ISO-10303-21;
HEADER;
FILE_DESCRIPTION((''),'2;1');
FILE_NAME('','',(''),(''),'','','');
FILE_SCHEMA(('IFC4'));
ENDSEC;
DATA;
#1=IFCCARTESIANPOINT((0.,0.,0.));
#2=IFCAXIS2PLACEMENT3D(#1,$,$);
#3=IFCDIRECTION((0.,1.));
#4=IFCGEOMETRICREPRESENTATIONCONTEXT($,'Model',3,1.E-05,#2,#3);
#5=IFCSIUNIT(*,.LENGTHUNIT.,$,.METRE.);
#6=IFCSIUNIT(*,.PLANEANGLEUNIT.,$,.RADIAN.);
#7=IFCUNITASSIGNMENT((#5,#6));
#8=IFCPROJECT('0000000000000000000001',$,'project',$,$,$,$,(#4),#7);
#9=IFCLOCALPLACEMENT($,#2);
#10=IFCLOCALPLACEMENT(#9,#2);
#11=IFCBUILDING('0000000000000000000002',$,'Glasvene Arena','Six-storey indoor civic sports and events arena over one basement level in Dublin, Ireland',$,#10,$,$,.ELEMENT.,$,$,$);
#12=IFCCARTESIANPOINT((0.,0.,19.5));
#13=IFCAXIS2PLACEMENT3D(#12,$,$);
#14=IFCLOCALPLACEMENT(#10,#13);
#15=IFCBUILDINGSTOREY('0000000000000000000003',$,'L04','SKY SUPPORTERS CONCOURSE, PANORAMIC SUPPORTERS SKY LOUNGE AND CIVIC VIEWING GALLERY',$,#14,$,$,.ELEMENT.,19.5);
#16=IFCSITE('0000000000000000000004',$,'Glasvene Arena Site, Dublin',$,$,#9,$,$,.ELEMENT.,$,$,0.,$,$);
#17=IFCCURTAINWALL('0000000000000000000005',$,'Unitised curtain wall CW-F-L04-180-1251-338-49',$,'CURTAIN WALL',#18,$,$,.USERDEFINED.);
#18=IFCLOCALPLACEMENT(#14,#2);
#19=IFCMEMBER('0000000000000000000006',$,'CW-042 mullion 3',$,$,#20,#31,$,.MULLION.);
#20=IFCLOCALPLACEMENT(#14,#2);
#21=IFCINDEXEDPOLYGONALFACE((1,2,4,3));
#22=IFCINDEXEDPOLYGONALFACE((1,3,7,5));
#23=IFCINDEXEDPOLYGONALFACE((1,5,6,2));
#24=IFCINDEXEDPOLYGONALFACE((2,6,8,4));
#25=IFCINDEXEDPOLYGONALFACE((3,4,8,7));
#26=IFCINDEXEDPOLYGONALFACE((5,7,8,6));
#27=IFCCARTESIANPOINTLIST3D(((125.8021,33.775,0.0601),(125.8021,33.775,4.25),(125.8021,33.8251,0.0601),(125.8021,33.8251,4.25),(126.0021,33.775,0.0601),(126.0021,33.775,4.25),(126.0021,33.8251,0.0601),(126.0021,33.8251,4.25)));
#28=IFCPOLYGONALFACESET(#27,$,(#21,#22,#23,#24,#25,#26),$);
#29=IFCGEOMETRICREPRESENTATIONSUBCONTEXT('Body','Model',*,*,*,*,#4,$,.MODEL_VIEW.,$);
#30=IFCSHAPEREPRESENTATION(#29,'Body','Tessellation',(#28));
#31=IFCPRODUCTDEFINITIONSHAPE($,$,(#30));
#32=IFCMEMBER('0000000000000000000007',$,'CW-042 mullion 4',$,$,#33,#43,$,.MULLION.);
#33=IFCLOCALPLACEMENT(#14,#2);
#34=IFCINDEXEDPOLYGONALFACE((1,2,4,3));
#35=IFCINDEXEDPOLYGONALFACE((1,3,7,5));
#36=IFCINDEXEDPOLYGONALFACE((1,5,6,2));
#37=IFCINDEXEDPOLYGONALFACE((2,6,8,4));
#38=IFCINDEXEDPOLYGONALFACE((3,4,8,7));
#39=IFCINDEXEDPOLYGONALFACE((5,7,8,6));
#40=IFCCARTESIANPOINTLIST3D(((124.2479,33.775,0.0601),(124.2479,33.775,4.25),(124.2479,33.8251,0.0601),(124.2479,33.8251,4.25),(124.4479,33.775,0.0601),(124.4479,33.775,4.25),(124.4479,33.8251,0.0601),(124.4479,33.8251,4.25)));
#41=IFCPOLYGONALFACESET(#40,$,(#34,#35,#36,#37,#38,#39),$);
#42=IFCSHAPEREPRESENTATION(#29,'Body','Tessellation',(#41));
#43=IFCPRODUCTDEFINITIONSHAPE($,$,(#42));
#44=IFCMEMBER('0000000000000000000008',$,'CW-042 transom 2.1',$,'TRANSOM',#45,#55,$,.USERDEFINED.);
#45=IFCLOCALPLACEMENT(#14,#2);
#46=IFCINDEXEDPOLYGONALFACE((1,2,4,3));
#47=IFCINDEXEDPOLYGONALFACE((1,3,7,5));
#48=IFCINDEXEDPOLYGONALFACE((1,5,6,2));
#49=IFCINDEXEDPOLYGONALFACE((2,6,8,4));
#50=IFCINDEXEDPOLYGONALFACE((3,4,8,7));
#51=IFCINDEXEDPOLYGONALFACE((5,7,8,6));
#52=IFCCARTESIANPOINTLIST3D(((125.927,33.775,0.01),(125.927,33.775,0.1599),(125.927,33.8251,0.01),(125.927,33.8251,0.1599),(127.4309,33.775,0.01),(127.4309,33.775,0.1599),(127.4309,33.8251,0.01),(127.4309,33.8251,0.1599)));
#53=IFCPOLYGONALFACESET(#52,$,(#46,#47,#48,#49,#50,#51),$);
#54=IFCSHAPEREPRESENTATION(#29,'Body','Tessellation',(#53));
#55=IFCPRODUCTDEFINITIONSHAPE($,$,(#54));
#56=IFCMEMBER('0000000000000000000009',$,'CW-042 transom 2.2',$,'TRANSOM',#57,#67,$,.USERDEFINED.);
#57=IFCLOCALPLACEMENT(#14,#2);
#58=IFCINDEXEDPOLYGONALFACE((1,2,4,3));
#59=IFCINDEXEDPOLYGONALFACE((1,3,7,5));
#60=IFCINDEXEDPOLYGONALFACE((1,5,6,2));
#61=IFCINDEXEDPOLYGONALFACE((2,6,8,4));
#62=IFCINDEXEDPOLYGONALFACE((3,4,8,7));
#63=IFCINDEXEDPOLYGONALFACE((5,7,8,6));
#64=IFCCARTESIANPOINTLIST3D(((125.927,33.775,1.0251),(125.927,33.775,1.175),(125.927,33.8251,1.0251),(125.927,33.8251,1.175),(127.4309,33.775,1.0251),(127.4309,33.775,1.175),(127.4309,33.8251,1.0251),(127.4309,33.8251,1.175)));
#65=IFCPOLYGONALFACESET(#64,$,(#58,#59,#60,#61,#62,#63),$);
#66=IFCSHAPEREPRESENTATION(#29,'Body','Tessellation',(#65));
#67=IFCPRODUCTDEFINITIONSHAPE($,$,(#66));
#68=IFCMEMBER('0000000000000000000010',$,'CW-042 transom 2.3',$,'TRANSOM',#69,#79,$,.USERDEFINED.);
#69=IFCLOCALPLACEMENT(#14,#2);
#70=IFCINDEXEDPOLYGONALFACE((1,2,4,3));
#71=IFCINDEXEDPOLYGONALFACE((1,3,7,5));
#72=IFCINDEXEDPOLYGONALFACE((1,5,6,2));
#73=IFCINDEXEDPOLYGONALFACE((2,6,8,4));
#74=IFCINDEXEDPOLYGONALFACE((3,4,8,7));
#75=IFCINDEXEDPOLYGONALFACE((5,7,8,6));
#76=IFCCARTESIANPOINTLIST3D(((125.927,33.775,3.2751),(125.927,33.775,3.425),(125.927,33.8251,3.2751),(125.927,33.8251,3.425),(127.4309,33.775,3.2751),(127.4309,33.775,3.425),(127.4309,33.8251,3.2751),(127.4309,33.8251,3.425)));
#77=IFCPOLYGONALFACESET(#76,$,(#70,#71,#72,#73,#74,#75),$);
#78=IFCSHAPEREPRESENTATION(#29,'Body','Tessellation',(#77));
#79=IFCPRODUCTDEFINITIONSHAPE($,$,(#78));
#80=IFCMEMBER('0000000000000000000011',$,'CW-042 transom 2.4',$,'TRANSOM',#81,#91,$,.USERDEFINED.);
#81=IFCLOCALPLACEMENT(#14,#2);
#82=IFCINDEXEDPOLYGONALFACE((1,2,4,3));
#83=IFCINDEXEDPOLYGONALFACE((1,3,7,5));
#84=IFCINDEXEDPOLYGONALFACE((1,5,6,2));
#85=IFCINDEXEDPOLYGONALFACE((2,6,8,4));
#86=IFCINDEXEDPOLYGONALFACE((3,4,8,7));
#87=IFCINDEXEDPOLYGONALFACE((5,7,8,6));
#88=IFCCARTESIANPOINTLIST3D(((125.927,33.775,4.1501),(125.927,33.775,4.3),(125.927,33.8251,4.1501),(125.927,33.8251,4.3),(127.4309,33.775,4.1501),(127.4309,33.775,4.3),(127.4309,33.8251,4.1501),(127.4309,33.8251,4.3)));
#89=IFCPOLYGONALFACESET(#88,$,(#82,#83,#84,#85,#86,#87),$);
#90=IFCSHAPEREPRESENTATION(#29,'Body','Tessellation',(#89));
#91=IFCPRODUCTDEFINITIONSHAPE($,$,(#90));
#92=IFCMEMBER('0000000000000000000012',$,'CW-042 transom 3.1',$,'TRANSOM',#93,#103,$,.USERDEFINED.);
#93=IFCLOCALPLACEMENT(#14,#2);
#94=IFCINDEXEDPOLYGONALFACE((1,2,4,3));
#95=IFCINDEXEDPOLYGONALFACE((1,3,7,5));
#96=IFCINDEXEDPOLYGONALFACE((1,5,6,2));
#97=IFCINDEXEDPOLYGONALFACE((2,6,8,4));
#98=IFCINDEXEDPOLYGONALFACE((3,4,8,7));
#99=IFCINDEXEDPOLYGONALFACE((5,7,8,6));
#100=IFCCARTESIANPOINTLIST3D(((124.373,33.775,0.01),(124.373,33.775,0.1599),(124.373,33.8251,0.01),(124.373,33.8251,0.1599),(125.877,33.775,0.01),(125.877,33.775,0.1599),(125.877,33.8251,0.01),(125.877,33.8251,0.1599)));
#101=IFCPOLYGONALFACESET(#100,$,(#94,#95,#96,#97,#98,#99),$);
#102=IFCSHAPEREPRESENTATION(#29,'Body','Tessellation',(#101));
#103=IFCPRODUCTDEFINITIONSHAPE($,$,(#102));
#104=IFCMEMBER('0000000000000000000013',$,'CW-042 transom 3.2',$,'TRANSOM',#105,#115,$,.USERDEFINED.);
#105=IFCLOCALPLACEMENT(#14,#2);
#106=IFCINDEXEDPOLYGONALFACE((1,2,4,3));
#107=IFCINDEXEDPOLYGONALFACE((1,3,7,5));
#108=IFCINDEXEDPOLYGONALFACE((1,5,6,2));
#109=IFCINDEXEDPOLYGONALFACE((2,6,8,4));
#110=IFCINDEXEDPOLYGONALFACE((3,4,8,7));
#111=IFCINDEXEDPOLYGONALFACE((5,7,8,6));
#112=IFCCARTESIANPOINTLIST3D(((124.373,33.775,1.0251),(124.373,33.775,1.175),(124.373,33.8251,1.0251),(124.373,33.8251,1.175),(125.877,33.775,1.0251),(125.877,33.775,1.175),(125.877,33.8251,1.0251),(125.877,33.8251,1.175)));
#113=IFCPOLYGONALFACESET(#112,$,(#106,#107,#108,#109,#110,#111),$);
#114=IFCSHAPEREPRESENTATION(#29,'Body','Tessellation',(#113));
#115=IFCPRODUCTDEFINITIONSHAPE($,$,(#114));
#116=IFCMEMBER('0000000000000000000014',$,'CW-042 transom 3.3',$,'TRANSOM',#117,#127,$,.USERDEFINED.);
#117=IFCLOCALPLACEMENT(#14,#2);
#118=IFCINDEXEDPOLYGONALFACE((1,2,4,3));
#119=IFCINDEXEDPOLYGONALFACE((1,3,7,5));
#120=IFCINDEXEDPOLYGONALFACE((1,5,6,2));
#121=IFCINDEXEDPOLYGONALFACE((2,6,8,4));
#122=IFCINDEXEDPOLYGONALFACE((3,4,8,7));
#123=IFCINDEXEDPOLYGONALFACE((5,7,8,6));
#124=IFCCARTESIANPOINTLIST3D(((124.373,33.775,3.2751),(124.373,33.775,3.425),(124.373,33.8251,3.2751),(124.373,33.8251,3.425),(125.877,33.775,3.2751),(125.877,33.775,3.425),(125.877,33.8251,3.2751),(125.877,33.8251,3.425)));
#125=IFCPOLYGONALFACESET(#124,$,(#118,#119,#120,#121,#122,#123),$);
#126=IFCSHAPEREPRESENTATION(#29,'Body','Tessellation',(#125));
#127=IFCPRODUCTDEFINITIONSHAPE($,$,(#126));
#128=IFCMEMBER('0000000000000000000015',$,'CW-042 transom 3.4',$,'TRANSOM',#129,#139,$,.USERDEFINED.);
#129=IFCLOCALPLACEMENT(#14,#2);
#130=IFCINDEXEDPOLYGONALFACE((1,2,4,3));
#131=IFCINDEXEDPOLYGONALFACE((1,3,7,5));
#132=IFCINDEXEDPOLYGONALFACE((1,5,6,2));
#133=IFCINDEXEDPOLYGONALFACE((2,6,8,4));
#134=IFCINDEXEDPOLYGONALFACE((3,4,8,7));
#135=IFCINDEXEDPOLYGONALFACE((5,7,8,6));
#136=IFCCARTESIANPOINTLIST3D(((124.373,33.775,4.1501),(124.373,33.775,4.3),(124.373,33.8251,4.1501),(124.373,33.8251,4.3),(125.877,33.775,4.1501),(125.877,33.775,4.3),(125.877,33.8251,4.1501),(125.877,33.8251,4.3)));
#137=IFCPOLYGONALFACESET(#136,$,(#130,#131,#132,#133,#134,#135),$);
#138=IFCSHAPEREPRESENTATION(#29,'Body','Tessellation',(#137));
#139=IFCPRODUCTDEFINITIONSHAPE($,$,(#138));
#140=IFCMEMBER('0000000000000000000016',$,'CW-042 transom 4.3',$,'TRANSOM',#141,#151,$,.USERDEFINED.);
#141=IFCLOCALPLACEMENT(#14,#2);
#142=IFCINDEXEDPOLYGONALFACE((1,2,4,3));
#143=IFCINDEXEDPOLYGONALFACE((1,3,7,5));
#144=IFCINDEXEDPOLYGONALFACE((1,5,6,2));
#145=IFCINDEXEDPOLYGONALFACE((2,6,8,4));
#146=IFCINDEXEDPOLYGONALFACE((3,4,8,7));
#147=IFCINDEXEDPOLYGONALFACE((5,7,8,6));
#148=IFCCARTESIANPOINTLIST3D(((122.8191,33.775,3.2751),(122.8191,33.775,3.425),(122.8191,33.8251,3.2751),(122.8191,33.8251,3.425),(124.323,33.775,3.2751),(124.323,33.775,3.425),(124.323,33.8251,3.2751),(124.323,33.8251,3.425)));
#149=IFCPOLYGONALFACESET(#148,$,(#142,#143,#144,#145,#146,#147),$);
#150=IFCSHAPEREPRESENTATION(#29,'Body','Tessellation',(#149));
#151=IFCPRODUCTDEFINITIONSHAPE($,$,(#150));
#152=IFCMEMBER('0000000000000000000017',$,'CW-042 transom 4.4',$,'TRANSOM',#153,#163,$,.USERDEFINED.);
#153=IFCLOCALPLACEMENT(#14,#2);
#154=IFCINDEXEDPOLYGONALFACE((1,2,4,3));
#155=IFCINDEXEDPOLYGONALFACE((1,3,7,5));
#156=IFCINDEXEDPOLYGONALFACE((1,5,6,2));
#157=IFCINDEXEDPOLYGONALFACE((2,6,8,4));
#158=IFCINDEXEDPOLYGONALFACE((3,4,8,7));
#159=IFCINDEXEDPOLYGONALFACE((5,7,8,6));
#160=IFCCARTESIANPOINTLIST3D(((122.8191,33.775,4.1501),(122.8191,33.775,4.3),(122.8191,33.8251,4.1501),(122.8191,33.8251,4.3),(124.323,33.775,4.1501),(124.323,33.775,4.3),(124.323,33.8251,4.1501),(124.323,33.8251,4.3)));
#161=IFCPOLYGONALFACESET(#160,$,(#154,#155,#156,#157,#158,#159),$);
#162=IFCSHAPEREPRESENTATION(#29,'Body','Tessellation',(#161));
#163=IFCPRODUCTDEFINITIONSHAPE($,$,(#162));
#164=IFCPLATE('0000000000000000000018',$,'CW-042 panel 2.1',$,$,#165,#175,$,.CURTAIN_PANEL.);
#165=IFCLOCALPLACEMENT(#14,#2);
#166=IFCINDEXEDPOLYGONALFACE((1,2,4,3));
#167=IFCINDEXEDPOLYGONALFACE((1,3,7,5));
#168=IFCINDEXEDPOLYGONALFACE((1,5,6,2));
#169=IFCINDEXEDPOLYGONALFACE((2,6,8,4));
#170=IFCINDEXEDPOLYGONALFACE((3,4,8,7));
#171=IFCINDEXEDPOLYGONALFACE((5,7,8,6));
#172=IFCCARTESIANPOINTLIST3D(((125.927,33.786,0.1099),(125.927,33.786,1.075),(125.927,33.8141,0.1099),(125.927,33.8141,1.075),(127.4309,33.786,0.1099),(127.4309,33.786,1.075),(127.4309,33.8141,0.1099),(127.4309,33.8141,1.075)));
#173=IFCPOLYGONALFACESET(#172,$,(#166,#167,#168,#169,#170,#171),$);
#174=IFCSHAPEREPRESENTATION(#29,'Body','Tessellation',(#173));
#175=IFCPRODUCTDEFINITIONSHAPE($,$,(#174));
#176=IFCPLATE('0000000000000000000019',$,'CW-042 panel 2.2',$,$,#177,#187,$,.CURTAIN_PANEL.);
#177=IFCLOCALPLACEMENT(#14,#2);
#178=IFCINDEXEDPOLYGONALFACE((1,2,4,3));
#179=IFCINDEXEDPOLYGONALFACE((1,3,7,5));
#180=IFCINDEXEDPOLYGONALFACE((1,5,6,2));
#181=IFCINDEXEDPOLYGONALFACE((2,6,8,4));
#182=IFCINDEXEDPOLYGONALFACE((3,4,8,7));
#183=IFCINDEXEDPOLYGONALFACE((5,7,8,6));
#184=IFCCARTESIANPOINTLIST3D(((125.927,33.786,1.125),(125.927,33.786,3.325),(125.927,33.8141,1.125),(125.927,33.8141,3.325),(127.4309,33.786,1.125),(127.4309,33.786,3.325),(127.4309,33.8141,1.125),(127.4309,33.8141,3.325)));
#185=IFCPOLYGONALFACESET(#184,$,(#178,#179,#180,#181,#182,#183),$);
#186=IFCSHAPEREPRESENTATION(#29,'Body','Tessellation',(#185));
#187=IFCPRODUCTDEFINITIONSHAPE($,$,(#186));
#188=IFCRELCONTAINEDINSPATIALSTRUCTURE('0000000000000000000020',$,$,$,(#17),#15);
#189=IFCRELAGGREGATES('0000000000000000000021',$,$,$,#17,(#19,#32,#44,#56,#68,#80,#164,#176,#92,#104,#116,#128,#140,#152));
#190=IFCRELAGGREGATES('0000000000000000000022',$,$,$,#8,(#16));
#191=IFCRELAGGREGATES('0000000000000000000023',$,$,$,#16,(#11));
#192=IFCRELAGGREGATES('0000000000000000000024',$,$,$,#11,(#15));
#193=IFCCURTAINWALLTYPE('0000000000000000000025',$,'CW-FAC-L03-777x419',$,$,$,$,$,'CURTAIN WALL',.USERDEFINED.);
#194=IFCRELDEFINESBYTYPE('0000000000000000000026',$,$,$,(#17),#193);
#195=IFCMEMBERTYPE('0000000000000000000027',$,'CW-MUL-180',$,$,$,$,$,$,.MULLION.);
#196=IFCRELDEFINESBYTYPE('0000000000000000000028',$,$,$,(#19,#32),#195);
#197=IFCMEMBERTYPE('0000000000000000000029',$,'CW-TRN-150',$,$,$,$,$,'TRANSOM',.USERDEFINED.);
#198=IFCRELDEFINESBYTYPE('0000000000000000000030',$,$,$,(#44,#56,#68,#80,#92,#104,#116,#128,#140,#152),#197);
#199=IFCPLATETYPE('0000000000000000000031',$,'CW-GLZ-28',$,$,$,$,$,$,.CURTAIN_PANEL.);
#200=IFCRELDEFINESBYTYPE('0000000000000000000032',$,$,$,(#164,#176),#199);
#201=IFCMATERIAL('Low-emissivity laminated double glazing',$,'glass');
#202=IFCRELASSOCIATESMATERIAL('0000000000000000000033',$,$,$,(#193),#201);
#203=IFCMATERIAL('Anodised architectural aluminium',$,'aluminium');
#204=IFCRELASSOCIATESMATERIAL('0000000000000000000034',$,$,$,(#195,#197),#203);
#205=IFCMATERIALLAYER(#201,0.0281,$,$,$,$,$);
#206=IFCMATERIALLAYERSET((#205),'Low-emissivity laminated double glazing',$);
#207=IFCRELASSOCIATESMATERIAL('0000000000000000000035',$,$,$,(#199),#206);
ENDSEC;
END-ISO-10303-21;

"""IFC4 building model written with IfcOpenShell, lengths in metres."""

from ifc_helpers import new_model, si_unit, direction, frame, origin, origin_2d, place, context, subcontext, project, spatial, rectangle, extrude, material, layer, layer_set, material_profile, profile_set, type_object, element, aggregate, save


model = new_model("IFC4")

# Units and contexts
model_context = context("Model", 3, precision=1e-05, world=origin(), true_north=direction((0.0, 1.0)))
body_context = subcontext(model_context, "Body", "Model", "MODEL_VIEW")
ifc_project = project(units=[si_unit("LENGTHUNIT", "METRE"), si_unit("PLANEANGLEUNIT", "RADIAN")], contexts=[model_context])

# Site, building, storey
site_placement = place(None, origin())
site = spatial("IfcSite", under=ifc_project, at=site_placement, Name="Glasvene Arena Site, Dublin", CompositionType="ELEMENT", RefElevation=0.0)
building_placement = place(site_placement, origin())
building = spatial("IfcBuilding", under=site, at=building_placement, Name="Glasvene Arena", Description="Six-storey indoor civic sports and events arena over one basement level in Dublin, Ireland", CompositionType="ELEMENT")
storey_placement = place(building_placement, frame((0.0, 0.0, 19.5)))
storey = spatial("IfcBuildingStorey", under=building, at=storey_placement, Name="L04", Description="SKY SUPPORTERS CONCOURSE, PANORAMIC SUPPORTERS SKY LOUNGE AND CIVIC VIEWING GALLERY", CompositionType="ELEMENT", Elevation=19.5)

# Curtain wall, members, plates
ifc_material_1 = material(Name="Low-emissivity laminated double glazing", Category="glass")
curtain_wall_type = type_object("IfcCurtainWallType", Name="CW-FAC-L03-777x419", ElementType="CURTAIN WALL", PredefinedType="USERDEFINED", material=ifc_material_1)
curtain_wall_placement = place(storey_placement, frame((129.01, 33.8, 0.0)))
curtain_wall = element("IfcCurtainWall", 1, at=curtain_wall_placement, inside=storey, type_object=curtain_wall_type, Name="Unitised curtain wall CW-F-L04-180-1251-338-49", ObjectType="CURTAIN WALL", PredefinedType="USERDEFINED")
ifc_material_2 = material(Name="Anodised architectural aluminium", Category="aluminium")
ifc_material_profile_1 = material_profile(ifc_material_2, rectangle(XDim=0.05, YDim=0.2, at=origin_2d()), Name="ALU MULLION 50x200")
ifc_profile_set_1 = profile_set([ifc_material_profile_1], Name="Anodised architectural aluminium")
member_type_1 = type_object("IfcMemberType", Name="CW-MUL-180", PredefinedType="MULLION", material=ifc_profile_set_1)
member_1_placement = place(storey_placement, frame((125.9021, 33.8, 0.0601), z_axis=(0.0, 0.0, 1.0), x_axis=(0.0, -1.0, 0.0)))
member_1 = element("IfcMember", 2, at=member_1_placement, type_object=member_type_1, Name="CW-042 mullion 3", PredefinedType="MULLION", context=body_context, shape_type="SweptSolid", body=[
    extrude(rectangle(XDim=0.05, YDim=0.2, at=origin_2d()), origin(), (0.0, 0.0, 1.0), 4.1899),
])
member_2_placement = place(storey_placement, frame((124.3479, 33.8, 0.0601), z_axis=(0.0, 0.0, 1.0), x_axis=(0.0, -1.0, 0.0)))
member_2 = element("IfcMember", 3, at=member_2_placement, type_object=member_type_1, Name="CW-042 mullion 4", PredefinedType="MULLION", context=body_context, shape_type="SweptSolid", body=[
    extrude(rectangle(XDim=0.05, YDim=0.2, at=origin_2d()), origin(), (0.0, 0.0, 1.0), 4.1899),
])
ifc_material_profile_2 = material_profile(ifc_material_2, rectangle(XDim=0.05, YDim=0.1499, at=origin_2d()), Name="ALU TRANSOM 50x150")
ifc_profile_set_2 = profile_set([ifc_material_profile_2], Name="Anodised architectural aluminium")
member_type_2 = type_object("IfcMemberType", Name="CW-TRN-150", ElementType="TRANSOM", PredefinedType="USERDEFINED", material=ifc_profile_set_2)
member_3_placement = place(storey_placement, frame((127.4309, 33.8, 0.085), z_axis=(-1.0, 0.0, 0.0), x_axis=(0.0, -1.0, 0.0)))
member_3 = element("IfcMember", 4, at=member_3_placement, type_object=member_type_2, Name="CW-042 transom 2.1", ObjectType="TRANSOM", PredefinedType="USERDEFINED", context=body_context, shape_type="SweptSolid", body=[
    extrude(rectangle(XDim=0.05, YDim=0.1499, at=origin_2d()), origin(), (0.0, 0.0, 1.0), 1.5039),
])
member_4_placement = place(storey_placement, frame((127.4309, 33.8, 1.1001), z_axis=(-1.0, 0.0, 0.0), x_axis=(0.0, -1.0, 0.0)))
member_4 = element("IfcMember", 5, at=member_4_placement, type_object=member_type_2, Name="CW-042 transom 2.2", ObjectType="TRANSOM", PredefinedType="USERDEFINED", context=body_context, shape_type="SweptSolid", body=[
    extrude(rectangle(XDim=0.05, YDim=0.1499, at=origin_2d()), origin(), (0.0, 0.0, 1.0), 1.5039),
])
member_5_placement = place(storey_placement, frame((127.4309, 33.8, 3.3501), z_axis=(-1.0, 0.0, 0.0), x_axis=(0.0, -1.0, 0.0)))
member_5 = element("IfcMember", 6, at=member_5_placement, type_object=member_type_2, Name="CW-042 transom 2.3", ObjectType="TRANSOM", PredefinedType="USERDEFINED", context=body_context, shape_type="SweptSolid", body=[
    extrude(rectangle(XDim=0.05, YDim=0.1499, at=origin_2d()), origin(), (0.0, 0.0, 1.0), 1.5039),
])
member_6_placement = place(storey_placement, frame((127.4309, 33.8, 4.2251), z_axis=(-1.0, 0.0, 0.0), x_axis=(0.0, -1.0, 0.0)))
member_6 = element("IfcMember", 7, at=member_6_placement, type_object=member_type_2, Name="CW-042 transom 2.4", ObjectType="TRANSOM", PredefinedType="USERDEFINED", context=body_context, shape_type="SweptSolid", body=[
    extrude(rectangle(XDim=0.05, YDim=0.1499, at=origin_2d()), origin(), (0.0, 0.0, 1.0), 1.5039),
])
member_7_placement = place(storey_placement, frame((125.877, 33.8, 0.085), z_axis=(-1.0, 0.0, 0.0), x_axis=(0.0, -1.0, 0.0)))
member_7 = element("IfcMember", 8, at=member_7_placement, type_object=member_type_2, Name="CW-042 transom 3.1", ObjectType="TRANSOM", PredefinedType="USERDEFINED", context=body_context, shape_type="SweptSolid", body=[
    extrude(rectangle(XDim=0.05, YDim=0.1499, at=origin_2d()), origin(), (0.0, 0.0, 1.0), 1.5039),
])
member_8_placement = place(storey_placement, frame((125.877, 33.8, 1.1001), z_axis=(-1.0, 0.0, 0.0), x_axis=(0.0, -1.0, 0.0)))
member_8 = element("IfcMember", 9, at=member_8_placement, type_object=member_type_2, Name="CW-042 transom 3.2", ObjectType="TRANSOM", PredefinedType="USERDEFINED", context=body_context, shape_type="SweptSolid", body=[
    extrude(rectangle(XDim=0.05, YDim=0.1499, at=origin_2d()), origin(), (0.0, 0.0, 1.0), 1.5039),
])
member_9_placement = place(storey_placement, frame((125.877, 33.8, 3.3501), z_axis=(-1.0, 0.0, 0.0), x_axis=(0.0, -1.0, 0.0)))
member_9 = element("IfcMember", 10, at=member_9_placement, type_object=member_type_2, Name="CW-042 transom 3.3", ObjectType="TRANSOM", PredefinedType="USERDEFINED", context=body_context, shape_type="SweptSolid", body=[
    extrude(rectangle(XDim=0.05, YDim=0.1499, at=origin_2d()), origin(), (0.0, 0.0, 1.0), 1.5039),
])
member_10_placement = place(storey_placement, frame((125.877, 33.8, 4.2251), z_axis=(-1.0, 0.0, 0.0), x_axis=(0.0, -1.0, 0.0)))
member_10 = element("IfcMember", 11, at=member_10_placement, type_object=member_type_2, Name="CW-042 transom 3.4", ObjectType="TRANSOM", PredefinedType="USERDEFINED", context=body_context, shape_type="SweptSolid", body=[
    extrude(rectangle(XDim=0.05, YDim=0.1499, at=origin_2d()), origin(), (0.0, 0.0, 1.0), 1.5039),
])
member_11_placement = place(storey_placement, frame((124.323, 33.8, 3.3501), z_axis=(-1.0, 0.0, 0.0), x_axis=(0.0, -1.0, 0.0)))
member_11 = element("IfcMember", 12, at=member_11_placement, type_object=member_type_2, Name="CW-042 transom 4.3", ObjectType="TRANSOM", PredefinedType="USERDEFINED", context=body_context, shape_type="SweptSolid", body=[
    extrude(rectangle(XDim=0.05, YDim=0.1499, at=origin_2d()), origin(), (0.0, 0.0, 1.0), 1.5039),
])
member_12_placement = place(storey_placement, frame((124.323, 33.8, 4.2251), z_axis=(-1.0, 0.0, 0.0), x_axis=(0.0, -1.0, 0.0)))
member_12 = element("IfcMember", 13, at=member_12_placement, type_object=member_type_2, Name="CW-042 transom 4.4", ObjectType="TRANSOM", PredefinedType="USERDEFINED", context=body_context, shape_type="SweptSolid", body=[
    extrude(rectangle(XDim=0.05, YDim=0.1499, at=origin_2d()), origin(), (0.0, 0.0, 1.0), 1.5039),
])
ifc_layer = layer(ifc_material_1, 0.0281)
ifc_layer_set = layer_set([ifc_layer], Name="Low-emissivity laminated double glazing")
plate_type = type_object("IfcPlateType", Name="CW-GLZ-28", PredefinedType="CURTAIN_PANEL", material=ifc_layer_set)
plate_1_placement = place(storey_placement, frame((126.679, 33.8, 0.1099), z_axis=(0.0, 0.0, 1.0), x_axis=(-1.0, 0.0, 0.0)))
plate_1 = element("IfcPlate", 14, at=plate_1_placement, type_object=plate_type, Name="CW-042 panel 2.1", PredefinedType="CURTAIN_PANEL", context=body_context, shape_type="SweptSolid", body=[
    extrude(rectangle(XDim=1.5039, YDim=0.0281, at=origin_2d()), origin(), (0.0, 0.0, 1.0), 0.9651),
])
plate_2_placement = place(storey_placement, frame((126.679, 33.8, 1.125), z_axis=(0.0, 0.0, 1.0), x_axis=(-1.0, 0.0, 0.0)))
plate_2 = element("IfcPlate", 15, at=plate_2_placement, type_object=plate_type, Name="CW-042 panel 2.2", PredefinedType="CURTAIN_PANEL", context=body_context, shape_type="SweptSolid", body=[
    extrude(rectangle(XDim=1.5039, YDim=0.0281, at=origin_2d()), origin(), (0.0, 0.0, 1.0), 2.2),
])
aggregate(curtain_wall, [member_1, member_2, member_3, member_4, member_5, member_6, plate_1, plate_2, member_7, member_8, member_9, member_10, member_11, member_12])

save(model, "model.ifc")
